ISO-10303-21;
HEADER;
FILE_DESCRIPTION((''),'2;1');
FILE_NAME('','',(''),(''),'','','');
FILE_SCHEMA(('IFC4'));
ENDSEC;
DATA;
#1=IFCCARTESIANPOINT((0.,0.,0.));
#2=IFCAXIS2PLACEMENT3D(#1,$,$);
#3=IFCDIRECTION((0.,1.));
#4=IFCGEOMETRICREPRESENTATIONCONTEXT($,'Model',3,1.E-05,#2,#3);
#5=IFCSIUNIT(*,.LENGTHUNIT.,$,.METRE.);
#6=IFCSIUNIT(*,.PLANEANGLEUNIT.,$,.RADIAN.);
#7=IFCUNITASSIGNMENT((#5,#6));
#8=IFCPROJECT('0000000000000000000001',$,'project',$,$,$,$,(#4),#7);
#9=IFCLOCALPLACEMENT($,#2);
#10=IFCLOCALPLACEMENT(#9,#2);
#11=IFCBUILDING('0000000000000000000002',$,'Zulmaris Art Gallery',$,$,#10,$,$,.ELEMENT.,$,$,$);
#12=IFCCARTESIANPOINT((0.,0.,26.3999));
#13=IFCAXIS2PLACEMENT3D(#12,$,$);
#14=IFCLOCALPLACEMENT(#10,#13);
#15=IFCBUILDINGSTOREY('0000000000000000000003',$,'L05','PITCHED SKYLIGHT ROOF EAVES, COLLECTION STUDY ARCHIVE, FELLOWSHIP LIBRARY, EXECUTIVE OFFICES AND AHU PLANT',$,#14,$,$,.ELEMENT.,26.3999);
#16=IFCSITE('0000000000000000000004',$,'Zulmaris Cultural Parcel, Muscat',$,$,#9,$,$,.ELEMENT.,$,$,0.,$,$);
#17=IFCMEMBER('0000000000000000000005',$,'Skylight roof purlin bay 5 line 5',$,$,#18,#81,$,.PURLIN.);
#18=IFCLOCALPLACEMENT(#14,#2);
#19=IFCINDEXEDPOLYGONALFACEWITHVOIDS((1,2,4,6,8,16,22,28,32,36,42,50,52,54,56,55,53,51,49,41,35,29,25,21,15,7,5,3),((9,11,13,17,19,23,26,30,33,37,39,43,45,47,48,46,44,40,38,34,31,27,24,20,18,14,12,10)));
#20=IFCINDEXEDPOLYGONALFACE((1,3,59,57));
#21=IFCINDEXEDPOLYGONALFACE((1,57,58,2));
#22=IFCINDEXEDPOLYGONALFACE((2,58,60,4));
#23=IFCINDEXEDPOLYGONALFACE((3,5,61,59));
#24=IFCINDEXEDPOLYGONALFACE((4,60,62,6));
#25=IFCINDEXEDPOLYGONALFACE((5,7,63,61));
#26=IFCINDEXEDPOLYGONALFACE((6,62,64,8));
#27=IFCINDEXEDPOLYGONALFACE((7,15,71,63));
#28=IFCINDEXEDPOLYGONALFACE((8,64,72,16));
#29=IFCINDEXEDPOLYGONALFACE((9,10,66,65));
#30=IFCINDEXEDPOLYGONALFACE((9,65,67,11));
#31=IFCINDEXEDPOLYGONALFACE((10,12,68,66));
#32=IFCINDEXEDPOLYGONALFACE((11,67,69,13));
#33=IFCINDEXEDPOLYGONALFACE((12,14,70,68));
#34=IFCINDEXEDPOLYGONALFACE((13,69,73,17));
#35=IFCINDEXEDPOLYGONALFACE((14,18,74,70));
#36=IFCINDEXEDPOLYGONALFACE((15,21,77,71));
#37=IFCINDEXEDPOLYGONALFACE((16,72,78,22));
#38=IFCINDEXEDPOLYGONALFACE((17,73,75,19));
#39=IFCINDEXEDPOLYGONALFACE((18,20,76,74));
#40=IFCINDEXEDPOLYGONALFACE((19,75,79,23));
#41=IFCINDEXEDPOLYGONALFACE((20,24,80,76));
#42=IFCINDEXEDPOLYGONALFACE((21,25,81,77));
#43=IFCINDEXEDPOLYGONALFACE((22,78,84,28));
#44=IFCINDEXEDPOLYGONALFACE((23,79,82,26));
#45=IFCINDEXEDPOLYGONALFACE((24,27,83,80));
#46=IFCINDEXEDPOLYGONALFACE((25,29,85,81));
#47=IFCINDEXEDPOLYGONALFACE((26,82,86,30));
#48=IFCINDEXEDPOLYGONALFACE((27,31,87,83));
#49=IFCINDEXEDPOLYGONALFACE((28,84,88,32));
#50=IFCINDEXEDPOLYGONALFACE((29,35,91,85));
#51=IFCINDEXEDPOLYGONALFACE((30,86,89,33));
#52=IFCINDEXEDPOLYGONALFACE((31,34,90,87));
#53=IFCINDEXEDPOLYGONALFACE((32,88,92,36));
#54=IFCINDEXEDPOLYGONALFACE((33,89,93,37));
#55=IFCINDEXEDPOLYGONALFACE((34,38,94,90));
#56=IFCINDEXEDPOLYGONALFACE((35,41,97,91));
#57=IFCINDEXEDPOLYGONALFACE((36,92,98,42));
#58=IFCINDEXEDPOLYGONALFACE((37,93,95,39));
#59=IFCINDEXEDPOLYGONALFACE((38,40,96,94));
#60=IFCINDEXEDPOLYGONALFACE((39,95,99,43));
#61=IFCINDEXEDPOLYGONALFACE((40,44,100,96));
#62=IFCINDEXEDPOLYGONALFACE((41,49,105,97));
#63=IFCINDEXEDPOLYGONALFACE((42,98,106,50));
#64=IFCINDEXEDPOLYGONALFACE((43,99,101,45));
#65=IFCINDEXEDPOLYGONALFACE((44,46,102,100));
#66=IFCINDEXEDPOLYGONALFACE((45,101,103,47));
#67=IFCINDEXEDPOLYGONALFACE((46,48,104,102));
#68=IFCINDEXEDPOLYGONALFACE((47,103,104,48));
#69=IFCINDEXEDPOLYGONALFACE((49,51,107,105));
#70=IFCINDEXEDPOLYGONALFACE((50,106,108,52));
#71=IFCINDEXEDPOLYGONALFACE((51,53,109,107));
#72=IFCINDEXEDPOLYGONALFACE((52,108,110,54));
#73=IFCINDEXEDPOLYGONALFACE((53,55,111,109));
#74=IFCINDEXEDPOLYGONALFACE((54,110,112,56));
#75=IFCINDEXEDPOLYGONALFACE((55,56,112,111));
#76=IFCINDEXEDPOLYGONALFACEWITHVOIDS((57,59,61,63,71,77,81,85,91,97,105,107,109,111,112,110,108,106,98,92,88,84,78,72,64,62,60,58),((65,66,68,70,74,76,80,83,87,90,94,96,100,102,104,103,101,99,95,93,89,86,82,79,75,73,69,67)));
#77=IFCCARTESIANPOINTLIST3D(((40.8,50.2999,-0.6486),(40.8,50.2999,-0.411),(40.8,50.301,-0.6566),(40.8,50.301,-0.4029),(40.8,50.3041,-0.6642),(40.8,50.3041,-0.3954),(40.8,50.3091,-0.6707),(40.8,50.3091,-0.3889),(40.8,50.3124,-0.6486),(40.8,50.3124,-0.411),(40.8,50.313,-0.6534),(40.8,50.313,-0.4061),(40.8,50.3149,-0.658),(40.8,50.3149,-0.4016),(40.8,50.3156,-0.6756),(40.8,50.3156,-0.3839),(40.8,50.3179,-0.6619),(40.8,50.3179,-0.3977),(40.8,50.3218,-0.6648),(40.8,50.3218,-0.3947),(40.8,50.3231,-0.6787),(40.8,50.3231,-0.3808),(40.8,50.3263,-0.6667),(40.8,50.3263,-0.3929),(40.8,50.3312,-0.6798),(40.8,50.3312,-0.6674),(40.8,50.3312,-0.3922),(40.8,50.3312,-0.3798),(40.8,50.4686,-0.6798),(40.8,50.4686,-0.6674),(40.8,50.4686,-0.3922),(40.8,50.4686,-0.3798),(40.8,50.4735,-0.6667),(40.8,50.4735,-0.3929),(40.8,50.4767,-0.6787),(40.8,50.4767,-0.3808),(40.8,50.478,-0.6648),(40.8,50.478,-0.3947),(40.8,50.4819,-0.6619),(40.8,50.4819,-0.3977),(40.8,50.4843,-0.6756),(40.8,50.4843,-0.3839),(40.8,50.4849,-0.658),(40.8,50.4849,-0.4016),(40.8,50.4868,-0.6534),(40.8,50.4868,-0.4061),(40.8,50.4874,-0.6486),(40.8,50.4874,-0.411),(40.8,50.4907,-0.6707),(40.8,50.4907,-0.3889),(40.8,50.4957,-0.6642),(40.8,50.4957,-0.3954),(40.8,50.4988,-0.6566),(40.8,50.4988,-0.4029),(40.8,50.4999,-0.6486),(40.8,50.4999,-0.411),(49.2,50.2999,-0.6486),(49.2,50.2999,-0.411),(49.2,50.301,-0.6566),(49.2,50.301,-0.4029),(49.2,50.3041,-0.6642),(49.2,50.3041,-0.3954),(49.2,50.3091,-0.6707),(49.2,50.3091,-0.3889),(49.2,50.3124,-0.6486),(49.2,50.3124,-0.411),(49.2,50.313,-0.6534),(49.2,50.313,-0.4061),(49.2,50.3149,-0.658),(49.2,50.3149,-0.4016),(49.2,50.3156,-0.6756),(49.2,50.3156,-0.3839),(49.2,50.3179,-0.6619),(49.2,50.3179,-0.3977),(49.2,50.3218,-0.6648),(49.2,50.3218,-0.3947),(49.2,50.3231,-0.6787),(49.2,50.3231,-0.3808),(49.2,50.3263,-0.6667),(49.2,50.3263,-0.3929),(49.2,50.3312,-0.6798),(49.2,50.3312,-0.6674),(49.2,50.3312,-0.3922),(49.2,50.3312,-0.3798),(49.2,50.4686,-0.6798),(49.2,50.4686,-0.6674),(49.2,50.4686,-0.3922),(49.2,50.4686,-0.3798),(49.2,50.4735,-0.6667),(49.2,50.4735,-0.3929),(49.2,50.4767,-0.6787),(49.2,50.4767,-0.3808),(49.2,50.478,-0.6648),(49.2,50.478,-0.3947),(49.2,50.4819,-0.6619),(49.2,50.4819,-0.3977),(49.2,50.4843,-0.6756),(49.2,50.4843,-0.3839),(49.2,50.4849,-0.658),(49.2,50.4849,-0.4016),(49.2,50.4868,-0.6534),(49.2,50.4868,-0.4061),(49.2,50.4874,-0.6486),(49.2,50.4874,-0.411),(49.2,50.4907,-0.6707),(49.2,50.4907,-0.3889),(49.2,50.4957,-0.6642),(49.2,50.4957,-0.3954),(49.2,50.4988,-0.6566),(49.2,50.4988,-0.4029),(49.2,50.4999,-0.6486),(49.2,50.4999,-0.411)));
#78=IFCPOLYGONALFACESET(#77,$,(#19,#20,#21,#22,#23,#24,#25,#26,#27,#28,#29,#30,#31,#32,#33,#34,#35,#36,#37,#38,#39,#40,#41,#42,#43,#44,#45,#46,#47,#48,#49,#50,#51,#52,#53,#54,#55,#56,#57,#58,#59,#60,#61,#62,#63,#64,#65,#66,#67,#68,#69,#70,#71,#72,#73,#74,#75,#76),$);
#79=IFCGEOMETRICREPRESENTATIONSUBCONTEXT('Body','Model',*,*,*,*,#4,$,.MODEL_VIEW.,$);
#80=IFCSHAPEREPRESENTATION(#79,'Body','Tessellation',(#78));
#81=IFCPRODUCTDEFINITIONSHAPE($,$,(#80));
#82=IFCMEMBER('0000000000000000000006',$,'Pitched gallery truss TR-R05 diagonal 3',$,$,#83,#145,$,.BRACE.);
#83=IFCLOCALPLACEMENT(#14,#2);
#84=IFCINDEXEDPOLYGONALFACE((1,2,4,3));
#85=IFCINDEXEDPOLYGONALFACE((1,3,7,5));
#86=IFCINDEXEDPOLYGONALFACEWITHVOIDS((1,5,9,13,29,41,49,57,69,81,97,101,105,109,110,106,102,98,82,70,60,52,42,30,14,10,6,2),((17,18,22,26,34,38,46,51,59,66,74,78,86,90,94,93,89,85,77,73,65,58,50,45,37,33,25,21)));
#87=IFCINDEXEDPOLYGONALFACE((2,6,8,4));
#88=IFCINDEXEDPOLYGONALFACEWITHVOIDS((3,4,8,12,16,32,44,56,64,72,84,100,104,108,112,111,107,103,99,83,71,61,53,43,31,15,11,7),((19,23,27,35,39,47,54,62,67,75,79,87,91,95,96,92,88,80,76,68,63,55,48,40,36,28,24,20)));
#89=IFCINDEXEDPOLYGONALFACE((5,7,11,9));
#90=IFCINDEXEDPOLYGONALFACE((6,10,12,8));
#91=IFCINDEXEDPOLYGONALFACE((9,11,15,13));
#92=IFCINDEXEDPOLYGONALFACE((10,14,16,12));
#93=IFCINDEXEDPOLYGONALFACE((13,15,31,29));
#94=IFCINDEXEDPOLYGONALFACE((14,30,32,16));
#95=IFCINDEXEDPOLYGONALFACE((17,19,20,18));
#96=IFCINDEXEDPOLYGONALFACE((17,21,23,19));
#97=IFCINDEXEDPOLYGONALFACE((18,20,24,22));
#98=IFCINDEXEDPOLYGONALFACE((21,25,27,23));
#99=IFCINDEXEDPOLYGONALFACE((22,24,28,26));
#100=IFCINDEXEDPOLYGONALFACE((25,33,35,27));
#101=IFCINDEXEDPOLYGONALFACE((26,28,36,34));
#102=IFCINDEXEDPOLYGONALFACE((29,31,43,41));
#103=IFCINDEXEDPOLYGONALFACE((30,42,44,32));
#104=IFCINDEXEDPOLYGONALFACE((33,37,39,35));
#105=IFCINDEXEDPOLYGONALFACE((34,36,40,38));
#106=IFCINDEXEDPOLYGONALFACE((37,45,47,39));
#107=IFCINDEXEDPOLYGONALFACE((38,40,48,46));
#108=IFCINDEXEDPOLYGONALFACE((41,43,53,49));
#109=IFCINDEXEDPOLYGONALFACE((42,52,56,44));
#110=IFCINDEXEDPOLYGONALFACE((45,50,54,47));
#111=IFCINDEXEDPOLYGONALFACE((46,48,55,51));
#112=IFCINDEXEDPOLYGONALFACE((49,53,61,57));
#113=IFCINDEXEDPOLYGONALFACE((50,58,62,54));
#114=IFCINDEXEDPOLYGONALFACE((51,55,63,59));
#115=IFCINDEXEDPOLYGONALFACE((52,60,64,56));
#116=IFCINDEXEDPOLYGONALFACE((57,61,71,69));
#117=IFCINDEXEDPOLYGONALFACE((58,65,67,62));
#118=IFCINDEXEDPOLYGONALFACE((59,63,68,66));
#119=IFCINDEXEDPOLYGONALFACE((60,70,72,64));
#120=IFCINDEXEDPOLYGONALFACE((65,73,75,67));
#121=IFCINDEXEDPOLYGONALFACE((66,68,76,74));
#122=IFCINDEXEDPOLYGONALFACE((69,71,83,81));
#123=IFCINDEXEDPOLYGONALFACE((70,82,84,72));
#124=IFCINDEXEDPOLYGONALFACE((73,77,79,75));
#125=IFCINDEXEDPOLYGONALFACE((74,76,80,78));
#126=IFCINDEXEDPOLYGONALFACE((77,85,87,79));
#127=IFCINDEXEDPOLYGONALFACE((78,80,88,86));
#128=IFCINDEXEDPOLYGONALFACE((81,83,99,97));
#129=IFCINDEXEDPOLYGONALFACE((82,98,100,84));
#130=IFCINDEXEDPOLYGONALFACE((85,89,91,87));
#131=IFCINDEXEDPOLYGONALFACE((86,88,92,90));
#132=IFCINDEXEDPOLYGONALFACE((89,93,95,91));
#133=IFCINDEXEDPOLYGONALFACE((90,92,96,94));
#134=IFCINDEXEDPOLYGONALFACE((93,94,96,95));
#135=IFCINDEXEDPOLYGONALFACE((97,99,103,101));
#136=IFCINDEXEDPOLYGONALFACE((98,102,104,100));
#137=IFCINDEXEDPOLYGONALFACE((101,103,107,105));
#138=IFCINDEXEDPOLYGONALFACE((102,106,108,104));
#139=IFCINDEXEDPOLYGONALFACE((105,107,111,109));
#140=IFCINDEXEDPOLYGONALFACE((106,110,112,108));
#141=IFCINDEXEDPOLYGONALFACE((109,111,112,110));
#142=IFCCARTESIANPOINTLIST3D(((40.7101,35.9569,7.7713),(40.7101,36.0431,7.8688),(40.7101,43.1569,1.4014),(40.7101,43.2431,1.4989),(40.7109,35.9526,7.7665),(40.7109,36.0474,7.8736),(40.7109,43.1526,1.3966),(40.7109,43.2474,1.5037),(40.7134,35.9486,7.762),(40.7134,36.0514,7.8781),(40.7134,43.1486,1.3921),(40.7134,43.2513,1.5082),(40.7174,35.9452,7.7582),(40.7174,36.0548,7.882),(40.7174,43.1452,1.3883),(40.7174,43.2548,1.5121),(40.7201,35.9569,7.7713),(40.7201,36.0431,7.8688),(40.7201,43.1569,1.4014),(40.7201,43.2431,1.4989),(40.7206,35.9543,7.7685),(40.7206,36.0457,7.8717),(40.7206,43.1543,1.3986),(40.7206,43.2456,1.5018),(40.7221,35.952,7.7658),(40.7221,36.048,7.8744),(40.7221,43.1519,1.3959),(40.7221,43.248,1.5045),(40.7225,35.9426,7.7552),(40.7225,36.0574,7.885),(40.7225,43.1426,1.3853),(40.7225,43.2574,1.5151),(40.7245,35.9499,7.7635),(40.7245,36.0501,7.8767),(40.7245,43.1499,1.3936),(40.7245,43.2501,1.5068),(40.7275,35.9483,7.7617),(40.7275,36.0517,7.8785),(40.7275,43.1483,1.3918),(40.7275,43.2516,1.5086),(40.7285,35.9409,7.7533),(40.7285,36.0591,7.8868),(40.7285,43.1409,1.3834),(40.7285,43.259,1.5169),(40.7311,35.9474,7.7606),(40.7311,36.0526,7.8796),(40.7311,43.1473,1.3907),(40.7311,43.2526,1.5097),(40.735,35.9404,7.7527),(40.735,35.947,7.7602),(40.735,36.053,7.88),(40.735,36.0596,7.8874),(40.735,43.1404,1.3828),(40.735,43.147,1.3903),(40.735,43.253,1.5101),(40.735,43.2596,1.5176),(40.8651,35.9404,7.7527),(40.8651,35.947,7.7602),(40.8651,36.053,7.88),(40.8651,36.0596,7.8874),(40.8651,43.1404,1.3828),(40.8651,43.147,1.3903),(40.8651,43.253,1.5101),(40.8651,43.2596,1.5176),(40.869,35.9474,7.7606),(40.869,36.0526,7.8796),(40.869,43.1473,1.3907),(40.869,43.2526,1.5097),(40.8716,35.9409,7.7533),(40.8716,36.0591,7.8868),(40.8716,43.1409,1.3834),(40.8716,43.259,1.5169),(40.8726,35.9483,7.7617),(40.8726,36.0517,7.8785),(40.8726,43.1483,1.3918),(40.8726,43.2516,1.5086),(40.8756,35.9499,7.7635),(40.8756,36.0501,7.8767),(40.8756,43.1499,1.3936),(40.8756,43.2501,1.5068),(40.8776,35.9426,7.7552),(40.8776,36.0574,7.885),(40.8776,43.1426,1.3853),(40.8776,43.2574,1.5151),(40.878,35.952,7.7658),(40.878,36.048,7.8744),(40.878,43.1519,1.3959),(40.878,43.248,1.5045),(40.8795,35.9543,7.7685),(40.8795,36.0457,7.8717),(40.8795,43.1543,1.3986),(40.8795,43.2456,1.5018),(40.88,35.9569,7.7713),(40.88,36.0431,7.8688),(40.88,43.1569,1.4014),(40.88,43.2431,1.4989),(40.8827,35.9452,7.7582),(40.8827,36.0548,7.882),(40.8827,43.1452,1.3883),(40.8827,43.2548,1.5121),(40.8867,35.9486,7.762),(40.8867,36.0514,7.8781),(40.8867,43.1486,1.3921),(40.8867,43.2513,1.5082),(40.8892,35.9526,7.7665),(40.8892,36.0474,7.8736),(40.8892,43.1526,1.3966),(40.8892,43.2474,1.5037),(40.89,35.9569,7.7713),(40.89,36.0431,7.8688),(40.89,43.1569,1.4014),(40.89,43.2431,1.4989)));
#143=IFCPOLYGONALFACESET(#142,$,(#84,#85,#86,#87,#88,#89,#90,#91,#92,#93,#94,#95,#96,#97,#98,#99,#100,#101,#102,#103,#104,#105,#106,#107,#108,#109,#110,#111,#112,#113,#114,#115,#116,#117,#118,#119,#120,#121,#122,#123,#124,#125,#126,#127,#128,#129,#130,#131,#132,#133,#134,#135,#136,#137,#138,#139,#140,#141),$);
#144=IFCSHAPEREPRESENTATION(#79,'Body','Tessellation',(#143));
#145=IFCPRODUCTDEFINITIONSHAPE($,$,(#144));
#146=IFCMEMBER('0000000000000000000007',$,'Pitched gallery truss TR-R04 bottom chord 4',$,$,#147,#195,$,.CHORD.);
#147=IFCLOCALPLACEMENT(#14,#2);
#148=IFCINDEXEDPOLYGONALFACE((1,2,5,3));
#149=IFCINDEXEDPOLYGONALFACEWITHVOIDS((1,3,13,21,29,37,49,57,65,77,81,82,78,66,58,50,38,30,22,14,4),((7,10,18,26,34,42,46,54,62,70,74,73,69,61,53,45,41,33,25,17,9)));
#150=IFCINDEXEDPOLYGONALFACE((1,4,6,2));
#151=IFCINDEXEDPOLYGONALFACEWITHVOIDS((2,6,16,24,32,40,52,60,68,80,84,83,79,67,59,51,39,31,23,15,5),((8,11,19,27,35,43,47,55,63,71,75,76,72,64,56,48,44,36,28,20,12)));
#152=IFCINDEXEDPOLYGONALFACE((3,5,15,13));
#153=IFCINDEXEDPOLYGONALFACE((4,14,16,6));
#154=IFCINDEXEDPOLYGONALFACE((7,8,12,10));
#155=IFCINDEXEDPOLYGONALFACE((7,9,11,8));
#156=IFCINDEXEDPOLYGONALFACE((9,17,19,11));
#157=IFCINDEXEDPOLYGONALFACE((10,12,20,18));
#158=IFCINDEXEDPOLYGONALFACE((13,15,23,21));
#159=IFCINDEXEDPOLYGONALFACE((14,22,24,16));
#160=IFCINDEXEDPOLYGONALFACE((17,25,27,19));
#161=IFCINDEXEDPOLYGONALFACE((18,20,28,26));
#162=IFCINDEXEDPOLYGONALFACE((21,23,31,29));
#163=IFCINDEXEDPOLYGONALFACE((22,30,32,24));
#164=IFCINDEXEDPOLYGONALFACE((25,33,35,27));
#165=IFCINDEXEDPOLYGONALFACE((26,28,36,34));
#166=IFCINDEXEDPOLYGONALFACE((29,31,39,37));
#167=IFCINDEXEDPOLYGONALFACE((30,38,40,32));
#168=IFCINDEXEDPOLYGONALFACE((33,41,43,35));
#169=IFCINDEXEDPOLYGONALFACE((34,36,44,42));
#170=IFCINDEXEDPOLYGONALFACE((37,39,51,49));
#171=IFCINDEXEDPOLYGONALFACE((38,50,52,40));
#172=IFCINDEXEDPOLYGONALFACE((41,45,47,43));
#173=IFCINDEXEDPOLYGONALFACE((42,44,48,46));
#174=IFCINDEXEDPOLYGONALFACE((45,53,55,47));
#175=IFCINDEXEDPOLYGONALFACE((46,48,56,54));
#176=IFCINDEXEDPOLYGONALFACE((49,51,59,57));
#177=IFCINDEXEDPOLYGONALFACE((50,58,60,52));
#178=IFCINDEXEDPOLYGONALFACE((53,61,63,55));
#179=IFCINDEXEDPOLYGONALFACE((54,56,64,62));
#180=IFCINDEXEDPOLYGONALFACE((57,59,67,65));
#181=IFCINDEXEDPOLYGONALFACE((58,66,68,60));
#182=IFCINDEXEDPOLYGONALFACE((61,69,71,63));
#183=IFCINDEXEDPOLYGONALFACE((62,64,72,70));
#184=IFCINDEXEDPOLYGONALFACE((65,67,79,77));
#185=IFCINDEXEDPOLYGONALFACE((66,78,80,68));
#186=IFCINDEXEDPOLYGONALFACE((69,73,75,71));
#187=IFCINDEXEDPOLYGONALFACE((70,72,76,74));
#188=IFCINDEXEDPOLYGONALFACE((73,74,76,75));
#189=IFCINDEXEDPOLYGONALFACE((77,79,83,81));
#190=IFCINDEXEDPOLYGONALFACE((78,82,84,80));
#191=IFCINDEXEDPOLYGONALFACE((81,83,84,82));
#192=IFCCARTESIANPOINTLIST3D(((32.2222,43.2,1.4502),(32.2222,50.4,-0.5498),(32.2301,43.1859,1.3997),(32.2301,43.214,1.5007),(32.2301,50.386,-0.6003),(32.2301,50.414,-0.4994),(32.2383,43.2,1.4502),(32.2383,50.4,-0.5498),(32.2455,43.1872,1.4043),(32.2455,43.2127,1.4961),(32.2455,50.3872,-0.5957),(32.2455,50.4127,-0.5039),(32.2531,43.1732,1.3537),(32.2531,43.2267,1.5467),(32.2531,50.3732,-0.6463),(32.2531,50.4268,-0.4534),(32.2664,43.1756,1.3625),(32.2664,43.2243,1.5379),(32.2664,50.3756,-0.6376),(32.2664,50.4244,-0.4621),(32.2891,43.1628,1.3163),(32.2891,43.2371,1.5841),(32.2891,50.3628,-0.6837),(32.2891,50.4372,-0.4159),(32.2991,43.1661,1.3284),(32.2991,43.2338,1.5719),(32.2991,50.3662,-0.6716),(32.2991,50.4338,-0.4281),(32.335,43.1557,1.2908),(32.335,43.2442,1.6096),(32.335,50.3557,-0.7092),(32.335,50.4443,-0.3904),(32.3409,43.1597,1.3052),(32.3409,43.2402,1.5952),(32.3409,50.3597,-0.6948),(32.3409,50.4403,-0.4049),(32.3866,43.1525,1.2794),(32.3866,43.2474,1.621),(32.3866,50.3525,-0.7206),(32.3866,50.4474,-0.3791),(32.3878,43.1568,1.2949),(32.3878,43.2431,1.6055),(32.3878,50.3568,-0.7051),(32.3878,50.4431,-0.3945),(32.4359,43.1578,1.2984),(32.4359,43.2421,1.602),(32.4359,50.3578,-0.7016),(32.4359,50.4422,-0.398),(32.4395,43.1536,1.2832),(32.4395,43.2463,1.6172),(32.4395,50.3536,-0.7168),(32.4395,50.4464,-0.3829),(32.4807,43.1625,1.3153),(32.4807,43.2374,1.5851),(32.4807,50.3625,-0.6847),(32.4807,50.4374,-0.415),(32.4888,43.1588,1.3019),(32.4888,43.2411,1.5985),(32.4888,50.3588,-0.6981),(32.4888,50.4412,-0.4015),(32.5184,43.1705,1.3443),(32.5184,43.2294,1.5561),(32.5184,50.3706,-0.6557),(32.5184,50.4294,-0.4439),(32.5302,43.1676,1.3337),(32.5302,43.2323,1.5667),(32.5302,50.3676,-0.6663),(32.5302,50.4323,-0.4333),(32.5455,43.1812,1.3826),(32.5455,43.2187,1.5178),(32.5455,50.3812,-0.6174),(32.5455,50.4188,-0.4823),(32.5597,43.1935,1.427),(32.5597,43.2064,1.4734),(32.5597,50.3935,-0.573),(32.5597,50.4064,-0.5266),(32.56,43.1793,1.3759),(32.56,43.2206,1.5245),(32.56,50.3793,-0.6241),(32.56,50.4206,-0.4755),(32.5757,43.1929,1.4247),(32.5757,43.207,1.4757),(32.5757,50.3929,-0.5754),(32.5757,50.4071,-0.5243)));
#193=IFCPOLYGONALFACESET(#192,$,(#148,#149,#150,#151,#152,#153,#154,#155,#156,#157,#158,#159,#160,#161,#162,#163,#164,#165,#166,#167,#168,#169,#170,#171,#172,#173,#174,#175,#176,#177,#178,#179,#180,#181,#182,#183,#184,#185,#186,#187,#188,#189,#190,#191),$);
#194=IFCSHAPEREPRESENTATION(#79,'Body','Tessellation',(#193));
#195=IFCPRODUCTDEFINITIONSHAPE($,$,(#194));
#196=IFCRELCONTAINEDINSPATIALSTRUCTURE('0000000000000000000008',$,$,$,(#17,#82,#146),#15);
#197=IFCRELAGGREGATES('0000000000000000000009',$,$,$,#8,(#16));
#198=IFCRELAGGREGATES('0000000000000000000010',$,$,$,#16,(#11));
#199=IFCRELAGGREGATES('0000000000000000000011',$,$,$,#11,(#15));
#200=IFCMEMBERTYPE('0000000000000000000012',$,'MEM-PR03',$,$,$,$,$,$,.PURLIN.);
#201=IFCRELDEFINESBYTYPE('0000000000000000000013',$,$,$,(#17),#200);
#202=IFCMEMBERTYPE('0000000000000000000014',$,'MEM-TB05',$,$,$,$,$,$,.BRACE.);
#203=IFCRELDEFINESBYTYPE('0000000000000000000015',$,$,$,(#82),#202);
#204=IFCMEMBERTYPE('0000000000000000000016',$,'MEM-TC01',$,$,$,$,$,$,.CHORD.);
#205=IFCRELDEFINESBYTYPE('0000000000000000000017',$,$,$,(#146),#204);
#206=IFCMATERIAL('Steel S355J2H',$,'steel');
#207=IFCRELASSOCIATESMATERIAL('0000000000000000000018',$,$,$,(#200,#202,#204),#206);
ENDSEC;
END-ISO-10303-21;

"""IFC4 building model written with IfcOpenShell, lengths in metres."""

from ifc_helpers import new_model, si_unit, direction, frame, origin, origin_2d, place, context, subcontext, project, spatial, hollow_rectangle, hollow_circle, extrude, material, material_profile, profile_set, type_object, element, save


model = new_model("IFC4")

# Units and contexts
model_context = context("Model", 3, precision=1e-05, world=origin(), true_north=direction((0.0, 1.0)))
body_context = subcontext(model_context, "Body", "Model", "MODEL_VIEW")
ifc_project = project(units=[si_unit("LENGTHUNIT", "METRE"), si_unit("PLANEANGLEUNIT", "RADIAN")], contexts=[model_context])

# Site, building, storey
site_placement = place(None, origin())
site = spatial("IfcSite", under=ifc_project, at=site_placement, Name="Zulmaris Cultural Parcel, Muscat", CompositionType="ELEMENT", RefElevation=0.0)
building_placement = place(site_placement, origin())
building = spatial("IfcBuilding", under=site, at=building_placement, Name="Zulmaris Art Gallery", CompositionType="ELEMENT")
storey_placement = place(building_placement, frame((0.0, 0.0, 26.3999)))
storey = spatial("IfcBuildingStorey", under=building, at=storey_placement, Name="L05", Description="PITCHED SKYLIGHT ROOF EAVES, COLLECTION STUDY ARCHIVE, FELLOWSHIP LIBRARY, EXECUTIVE OFFICES AND AHU PLANT", CompositionType="ELEMENT", Elevation=26.3999)

# Members
ifc_material_1 = material(Name="Steel S355J2H", Category="steel")
ifc_material_profile_1 = material_profile(ifc_material_1, hollow_rectangle(XDim=0.2, YDim=0.3, WallThickness=0.0125, InnerFilletRadius=0.0188, OuterFilletRadius=0.0312, at=origin_2d()), Name="RHS 300x200x12.5")
ifc_profile_set_1 = profile_set([ifc_material_profile_1], Name="Steel S355J2H")
member_type_1 = type_object("IfcMemberType", Name="MEM-PR03", PredefinedType="PURLIN", material=ifc_profile_set_1)
member_1_placement = place(storey_placement, frame((40.8, 50.3999, -0.5298), z_axis=(1.0, 0.0, 0.0), x_axis=(0.0, 1.0, 0.0)))
element("IfcMember", 1, at=member_1_placement, inside=storey, type_object=member_type_1, Name="Skylight roof purlin bay 5 line 5", PredefinedType="PURLIN", context=body_context, shape_type="SweptSolid", body=[
    extrude(hollow_rectangle(XDim=0.2, YDim=0.3, WallThickness=0.0125, InnerFilletRadius=0.0188, OuterFilletRadius=0.0312, at=origin_2d()), origin(), (0.0, 0.0, 1.0), 8.3999),
])
ifc_material_profile_2 = material_profile(ifc_material_1, hollow_rectangle(XDim=0.1799, YDim=0.1799, WallThickness=0.01, InnerFilletRadius=0.0149, OuterFilletRadius=0.0249, at=origin_2d()), Name="SHS 180x180x10")
ifc_profile_set_2 = profile_set([ifc_material_profile_2], Name="Steel S355J2H")
member_type_2 = type_object("IfcMemberType", Name="MEM-TB05", PredefinedType="BRACE", material=ifc_profile_set_2)
member_2_placement = place(storey_placement, frame((40.8, 36.0, 7.8201), z_axis=(0.0, 0.748961, -0.662614), x_axis=(-1.0, 0.0, 0.0)))
element("IfcMember", 2, at=member_2_placement, inside=storey, type_object=member_type_2, Name="Pitched gallery truss TR-R05 diagonal 3", PredefinedType="BRACE", context=body_context, shape_type="SweptSolid", body=[
    extrude(hollow_rectangle(XDim=0.1799, YDim=0.1799, WallThickness=0.01, InnerFilletRadius=0.0149, OuterFilletRadius=0.0249, at=origin_2d()), origin(), (0.0, 0.0, 1.0), 9.6133),
])
ifc_material_profile_3 = material_profile(ifc_material_1, hollow_circle(Radius=0.1777, WallThickness=0.0161, at=origin_2d()), Name="CHS 355.6x16")
ifc_profile_set_3 = profile_set([ifc_material_profile_3], Name="Steel S355J2H")
member_type_3 = type_object("IfcMemberType", Name="MEM-TC01", PredefinedType="CHORD", material=ifc_profile_set_3)
member_3_placement = place(storey_placement, frame((32.3999, 43.2, 1.4502), z_axis=(0.0, 0.963517, -0.267646), x_axis=(-1.0, 0.0, 0.0)))
element("IfcMember", 3, at=member_3_placement, inside=storey, type_object=member_type_3, Name="Pitched gallery truss TR-R04 bottom chord 4", PredefinedType="CHORD", context=body_context, shape_type="SweptSolid", body=[
    extrude(hollow_circle(Radius=0.1777, WallThickness=0.0161, at=origin_2d()), origin(), (0.0, 0.0, 1.0), 7.4727),
])

save(model, "model.ifc")
